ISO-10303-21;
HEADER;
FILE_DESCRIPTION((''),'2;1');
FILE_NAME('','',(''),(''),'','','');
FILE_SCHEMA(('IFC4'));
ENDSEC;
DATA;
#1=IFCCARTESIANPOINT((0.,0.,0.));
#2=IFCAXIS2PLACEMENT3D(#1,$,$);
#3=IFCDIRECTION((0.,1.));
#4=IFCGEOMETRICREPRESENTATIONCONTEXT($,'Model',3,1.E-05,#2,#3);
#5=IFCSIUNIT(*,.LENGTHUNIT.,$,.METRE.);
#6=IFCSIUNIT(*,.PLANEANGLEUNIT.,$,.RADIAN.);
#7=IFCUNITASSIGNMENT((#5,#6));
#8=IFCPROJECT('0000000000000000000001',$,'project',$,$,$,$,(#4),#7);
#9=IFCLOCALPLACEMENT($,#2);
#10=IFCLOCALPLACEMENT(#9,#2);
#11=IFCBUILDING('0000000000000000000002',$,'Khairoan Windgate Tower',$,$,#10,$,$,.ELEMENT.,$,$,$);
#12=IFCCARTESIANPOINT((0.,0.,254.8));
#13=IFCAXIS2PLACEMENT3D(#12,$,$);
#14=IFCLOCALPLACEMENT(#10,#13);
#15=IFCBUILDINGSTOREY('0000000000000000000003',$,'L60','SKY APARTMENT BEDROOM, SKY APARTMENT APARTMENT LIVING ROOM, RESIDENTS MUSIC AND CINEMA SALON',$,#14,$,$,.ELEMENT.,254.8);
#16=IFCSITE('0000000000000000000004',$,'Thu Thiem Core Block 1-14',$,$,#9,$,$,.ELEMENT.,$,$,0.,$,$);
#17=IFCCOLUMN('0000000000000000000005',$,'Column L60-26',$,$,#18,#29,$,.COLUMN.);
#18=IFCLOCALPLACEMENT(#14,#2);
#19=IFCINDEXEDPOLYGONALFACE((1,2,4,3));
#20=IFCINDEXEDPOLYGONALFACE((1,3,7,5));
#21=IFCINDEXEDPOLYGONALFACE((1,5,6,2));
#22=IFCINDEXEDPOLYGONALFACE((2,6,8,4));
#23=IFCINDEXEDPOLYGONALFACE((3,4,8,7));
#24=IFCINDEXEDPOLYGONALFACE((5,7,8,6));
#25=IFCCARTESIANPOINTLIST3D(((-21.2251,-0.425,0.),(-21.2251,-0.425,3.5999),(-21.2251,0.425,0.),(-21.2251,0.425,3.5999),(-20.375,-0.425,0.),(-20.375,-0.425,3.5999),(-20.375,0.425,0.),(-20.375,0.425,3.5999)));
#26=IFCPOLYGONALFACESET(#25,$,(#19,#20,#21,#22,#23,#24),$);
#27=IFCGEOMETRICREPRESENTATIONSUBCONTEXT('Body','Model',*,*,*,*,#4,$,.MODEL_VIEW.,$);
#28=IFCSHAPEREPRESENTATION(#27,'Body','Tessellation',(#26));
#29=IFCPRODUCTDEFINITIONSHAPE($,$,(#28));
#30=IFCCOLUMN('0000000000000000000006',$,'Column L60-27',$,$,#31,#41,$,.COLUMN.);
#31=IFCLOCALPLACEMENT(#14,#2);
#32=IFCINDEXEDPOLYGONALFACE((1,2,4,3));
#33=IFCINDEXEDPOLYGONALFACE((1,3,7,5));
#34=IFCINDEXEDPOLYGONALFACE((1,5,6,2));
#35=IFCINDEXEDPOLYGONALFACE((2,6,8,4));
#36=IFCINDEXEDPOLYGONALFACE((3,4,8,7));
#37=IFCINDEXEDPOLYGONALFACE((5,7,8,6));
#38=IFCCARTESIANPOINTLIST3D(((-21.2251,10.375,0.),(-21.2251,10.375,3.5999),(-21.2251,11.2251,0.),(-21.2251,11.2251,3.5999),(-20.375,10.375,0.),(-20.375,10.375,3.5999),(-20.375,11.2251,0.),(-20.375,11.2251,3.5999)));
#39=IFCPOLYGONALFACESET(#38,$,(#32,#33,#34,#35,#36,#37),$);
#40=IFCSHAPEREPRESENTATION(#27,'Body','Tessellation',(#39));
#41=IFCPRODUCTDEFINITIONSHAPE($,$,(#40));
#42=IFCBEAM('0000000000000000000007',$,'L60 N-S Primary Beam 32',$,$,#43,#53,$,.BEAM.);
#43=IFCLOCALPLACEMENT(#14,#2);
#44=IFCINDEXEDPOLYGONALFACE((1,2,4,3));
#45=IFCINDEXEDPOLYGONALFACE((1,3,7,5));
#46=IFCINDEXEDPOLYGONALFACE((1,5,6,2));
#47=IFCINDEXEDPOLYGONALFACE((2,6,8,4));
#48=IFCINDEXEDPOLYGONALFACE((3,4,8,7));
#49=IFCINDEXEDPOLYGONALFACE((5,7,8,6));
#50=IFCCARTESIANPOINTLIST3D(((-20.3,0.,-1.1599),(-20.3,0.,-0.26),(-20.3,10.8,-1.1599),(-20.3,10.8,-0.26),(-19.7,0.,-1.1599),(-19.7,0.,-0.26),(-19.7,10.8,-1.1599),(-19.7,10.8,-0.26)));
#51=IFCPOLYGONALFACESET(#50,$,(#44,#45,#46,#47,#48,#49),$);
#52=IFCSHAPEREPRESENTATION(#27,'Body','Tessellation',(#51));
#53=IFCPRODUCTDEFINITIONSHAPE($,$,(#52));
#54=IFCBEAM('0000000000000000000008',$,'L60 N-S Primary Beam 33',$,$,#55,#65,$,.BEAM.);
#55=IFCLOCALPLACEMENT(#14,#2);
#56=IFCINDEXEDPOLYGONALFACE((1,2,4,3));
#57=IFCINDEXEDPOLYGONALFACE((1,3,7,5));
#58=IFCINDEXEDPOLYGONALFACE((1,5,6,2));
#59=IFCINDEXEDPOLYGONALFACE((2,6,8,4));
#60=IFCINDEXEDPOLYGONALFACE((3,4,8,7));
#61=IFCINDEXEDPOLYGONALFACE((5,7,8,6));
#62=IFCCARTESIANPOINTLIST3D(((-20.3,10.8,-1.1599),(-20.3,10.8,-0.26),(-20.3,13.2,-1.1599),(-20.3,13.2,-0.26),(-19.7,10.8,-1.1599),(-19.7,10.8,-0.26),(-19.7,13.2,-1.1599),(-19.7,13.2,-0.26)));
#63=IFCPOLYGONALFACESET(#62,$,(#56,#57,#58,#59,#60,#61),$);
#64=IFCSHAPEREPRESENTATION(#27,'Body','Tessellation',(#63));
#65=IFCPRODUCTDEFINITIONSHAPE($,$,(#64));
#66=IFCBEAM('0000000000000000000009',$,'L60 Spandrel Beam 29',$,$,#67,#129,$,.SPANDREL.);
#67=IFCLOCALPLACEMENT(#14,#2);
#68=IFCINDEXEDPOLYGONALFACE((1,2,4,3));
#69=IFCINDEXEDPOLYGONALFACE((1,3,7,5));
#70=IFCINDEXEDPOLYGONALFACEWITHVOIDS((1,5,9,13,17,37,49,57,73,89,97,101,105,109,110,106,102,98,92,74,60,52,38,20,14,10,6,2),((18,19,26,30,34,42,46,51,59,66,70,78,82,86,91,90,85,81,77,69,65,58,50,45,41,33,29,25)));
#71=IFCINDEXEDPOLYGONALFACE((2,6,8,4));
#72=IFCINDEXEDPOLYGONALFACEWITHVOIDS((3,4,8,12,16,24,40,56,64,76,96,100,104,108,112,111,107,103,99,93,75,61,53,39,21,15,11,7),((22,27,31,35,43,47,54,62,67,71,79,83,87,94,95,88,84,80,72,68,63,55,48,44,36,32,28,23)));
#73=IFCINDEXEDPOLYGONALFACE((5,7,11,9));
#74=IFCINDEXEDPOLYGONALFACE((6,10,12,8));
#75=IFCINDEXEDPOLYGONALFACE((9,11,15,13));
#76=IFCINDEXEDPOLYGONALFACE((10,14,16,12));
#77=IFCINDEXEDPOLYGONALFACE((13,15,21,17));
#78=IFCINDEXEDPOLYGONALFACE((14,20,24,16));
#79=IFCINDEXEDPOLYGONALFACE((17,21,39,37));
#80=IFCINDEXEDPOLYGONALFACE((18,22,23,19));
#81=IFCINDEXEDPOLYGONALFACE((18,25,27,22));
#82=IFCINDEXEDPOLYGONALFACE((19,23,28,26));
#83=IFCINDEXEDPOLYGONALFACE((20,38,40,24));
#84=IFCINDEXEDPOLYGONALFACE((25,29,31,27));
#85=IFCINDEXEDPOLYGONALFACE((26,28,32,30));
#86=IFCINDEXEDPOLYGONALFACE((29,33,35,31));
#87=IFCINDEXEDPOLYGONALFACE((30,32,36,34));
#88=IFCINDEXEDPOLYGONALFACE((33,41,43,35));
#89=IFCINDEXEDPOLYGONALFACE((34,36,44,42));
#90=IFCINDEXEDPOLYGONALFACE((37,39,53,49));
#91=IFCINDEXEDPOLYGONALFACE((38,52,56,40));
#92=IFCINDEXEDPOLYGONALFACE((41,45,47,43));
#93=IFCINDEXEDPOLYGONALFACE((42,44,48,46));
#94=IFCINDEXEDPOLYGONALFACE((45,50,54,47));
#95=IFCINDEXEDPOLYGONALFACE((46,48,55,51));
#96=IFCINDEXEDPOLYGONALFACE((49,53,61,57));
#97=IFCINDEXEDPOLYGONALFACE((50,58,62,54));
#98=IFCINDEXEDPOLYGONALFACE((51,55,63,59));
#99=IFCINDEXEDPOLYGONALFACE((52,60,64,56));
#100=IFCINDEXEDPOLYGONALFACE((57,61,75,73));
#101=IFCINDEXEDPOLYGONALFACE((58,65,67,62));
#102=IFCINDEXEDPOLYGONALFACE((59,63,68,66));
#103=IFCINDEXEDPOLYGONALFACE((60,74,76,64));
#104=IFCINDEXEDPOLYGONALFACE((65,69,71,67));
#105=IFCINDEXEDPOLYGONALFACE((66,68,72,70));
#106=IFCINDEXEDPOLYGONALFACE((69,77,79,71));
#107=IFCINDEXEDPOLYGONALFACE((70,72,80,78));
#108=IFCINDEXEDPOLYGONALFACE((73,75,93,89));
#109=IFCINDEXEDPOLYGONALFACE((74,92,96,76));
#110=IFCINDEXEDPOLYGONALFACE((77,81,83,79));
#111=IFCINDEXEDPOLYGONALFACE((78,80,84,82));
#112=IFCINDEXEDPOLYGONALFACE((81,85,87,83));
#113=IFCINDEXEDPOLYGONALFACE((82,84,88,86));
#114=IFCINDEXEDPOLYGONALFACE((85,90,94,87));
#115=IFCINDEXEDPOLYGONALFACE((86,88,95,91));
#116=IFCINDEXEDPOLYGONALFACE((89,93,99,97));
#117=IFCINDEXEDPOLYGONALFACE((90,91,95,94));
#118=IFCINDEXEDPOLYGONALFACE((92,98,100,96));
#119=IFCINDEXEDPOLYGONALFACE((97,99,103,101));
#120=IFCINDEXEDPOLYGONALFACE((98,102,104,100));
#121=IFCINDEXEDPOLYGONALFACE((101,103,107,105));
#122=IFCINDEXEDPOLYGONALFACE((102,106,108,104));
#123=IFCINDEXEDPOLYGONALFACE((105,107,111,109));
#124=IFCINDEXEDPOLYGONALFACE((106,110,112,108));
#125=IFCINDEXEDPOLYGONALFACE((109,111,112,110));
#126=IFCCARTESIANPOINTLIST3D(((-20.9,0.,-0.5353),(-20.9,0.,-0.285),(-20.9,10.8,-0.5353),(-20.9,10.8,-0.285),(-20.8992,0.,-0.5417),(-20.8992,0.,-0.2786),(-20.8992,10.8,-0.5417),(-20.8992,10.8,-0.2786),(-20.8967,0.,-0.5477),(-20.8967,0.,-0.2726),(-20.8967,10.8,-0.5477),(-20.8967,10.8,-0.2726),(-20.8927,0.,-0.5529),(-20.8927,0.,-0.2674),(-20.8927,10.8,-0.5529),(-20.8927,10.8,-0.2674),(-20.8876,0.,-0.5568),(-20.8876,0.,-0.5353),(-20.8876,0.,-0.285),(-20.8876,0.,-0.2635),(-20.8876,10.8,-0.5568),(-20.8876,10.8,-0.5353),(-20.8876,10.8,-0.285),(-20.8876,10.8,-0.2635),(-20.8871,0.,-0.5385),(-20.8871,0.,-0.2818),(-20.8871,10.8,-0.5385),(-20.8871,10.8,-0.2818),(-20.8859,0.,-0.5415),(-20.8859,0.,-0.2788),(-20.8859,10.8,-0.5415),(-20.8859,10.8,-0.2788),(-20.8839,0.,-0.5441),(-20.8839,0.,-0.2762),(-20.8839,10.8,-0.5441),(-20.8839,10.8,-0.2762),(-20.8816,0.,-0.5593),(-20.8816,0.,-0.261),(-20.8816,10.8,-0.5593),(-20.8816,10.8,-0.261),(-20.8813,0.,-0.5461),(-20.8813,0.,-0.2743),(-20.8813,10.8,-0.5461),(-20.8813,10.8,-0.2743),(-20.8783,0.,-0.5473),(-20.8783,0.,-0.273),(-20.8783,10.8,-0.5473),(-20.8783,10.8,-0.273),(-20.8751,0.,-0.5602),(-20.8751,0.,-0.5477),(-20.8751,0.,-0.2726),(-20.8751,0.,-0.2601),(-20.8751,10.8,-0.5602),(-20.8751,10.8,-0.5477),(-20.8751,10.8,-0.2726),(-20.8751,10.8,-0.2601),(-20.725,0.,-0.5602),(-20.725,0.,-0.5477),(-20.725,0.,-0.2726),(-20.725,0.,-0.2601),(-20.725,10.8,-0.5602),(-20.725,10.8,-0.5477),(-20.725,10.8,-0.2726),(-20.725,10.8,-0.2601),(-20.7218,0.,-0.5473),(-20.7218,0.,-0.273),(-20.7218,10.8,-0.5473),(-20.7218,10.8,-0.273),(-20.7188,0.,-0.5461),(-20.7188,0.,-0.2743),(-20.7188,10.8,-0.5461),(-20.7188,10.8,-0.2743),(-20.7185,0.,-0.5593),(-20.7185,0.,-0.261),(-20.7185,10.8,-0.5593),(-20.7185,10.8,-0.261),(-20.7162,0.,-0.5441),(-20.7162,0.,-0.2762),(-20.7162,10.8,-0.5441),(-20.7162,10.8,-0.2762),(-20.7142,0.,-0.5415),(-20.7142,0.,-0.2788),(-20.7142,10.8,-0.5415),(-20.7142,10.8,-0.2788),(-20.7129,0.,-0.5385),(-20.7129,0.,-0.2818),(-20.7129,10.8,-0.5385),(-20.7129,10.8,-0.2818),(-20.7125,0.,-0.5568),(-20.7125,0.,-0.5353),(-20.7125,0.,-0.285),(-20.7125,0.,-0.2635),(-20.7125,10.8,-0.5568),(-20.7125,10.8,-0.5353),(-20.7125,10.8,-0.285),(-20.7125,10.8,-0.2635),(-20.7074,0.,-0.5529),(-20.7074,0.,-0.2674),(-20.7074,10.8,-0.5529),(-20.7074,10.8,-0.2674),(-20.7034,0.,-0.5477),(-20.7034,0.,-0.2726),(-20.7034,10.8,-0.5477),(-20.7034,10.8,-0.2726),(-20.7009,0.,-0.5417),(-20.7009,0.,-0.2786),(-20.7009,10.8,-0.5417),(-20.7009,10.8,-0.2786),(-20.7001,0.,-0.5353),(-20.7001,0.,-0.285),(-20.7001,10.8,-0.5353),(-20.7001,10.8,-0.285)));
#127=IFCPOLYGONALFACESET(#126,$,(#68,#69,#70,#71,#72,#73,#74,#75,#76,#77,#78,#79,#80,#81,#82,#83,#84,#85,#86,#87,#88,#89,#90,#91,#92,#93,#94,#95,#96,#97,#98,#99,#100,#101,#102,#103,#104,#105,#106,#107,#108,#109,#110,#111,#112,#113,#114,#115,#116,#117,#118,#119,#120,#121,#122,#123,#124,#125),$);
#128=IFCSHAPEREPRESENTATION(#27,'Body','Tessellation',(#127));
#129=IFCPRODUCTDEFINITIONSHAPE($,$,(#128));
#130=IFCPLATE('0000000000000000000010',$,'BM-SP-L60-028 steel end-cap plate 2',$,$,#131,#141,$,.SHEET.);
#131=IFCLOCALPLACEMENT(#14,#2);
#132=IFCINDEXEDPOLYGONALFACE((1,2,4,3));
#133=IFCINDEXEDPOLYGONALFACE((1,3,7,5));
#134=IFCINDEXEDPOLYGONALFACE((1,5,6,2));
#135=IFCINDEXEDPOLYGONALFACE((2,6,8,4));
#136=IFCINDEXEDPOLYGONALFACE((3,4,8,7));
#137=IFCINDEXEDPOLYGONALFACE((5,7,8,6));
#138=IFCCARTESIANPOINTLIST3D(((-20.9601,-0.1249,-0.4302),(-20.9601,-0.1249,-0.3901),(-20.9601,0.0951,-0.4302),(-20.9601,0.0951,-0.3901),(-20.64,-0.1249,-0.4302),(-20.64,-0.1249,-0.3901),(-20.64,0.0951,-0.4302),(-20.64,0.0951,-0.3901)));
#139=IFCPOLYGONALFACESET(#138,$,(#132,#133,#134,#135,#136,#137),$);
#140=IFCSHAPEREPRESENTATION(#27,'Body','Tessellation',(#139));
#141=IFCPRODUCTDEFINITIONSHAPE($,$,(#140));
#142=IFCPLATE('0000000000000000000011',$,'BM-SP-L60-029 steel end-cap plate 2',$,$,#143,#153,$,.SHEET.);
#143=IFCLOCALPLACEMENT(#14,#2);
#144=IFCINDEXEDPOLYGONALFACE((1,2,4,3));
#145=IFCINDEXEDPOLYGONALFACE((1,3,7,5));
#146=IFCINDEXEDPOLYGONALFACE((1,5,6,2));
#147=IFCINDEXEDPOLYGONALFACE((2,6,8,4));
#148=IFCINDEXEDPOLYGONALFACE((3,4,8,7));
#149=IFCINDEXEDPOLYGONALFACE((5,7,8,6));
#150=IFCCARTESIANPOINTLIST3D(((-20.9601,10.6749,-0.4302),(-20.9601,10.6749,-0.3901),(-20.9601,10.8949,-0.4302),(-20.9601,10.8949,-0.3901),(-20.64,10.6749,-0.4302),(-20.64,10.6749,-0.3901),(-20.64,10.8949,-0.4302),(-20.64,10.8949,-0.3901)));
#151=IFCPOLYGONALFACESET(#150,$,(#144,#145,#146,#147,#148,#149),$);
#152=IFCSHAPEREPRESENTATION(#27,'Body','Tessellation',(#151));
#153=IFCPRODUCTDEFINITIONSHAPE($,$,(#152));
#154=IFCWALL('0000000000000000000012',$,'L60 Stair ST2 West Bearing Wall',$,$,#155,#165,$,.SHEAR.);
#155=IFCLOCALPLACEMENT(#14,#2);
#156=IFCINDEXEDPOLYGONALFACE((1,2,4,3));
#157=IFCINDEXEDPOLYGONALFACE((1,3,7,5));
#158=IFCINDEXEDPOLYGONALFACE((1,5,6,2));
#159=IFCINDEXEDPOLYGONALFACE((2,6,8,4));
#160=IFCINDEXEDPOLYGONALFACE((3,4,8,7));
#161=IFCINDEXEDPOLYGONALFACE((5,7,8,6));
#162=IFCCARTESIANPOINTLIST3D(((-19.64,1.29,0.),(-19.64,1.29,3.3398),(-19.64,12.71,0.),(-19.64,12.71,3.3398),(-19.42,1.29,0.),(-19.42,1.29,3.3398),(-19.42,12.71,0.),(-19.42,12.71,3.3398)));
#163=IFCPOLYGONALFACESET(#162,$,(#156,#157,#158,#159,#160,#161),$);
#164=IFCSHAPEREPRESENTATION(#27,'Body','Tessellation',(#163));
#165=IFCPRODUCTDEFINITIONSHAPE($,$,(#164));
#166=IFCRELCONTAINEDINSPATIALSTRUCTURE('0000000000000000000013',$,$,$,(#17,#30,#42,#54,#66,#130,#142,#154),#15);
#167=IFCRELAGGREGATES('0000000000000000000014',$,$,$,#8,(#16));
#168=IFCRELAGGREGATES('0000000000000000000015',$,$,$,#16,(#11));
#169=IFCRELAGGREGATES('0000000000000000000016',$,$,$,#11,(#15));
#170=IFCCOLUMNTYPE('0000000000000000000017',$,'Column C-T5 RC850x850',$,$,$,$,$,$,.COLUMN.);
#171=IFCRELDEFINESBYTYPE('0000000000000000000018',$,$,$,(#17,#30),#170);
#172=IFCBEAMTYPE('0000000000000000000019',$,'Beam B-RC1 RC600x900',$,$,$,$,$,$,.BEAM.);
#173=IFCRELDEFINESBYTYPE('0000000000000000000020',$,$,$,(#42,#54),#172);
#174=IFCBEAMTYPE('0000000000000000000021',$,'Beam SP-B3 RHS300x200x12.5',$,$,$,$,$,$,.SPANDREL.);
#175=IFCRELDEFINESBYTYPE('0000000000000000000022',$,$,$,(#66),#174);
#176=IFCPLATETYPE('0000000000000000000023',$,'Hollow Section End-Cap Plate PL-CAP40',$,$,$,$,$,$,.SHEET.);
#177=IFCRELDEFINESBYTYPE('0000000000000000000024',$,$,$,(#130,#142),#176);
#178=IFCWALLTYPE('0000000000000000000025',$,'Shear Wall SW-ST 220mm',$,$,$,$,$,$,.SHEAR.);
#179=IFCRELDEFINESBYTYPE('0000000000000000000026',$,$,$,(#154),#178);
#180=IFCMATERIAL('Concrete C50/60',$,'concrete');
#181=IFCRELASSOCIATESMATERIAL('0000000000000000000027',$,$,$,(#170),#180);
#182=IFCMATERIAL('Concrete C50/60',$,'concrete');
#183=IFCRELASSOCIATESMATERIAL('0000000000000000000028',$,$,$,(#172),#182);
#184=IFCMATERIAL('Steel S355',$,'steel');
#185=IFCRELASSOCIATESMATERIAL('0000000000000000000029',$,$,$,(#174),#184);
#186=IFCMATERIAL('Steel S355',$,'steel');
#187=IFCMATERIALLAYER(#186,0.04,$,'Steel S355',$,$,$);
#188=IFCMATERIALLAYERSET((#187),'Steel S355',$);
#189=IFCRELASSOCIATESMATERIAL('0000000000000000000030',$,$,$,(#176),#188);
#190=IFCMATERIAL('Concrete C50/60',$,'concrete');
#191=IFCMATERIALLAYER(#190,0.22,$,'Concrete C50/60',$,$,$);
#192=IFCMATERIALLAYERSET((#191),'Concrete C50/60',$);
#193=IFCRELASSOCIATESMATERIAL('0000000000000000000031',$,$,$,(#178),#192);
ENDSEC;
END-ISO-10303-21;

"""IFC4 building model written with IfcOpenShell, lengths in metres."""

from ifc_helpers import new_model, si_unit, direction, frame, frame_2d, origin, origin_2d, place, context, subcontext, project, spatial, rectangle, hollow_rectangle, extrude, material, layer, layer_set, material_profile, profile_set, type_object, element, save


model = new_model("IFC4")

# Units and contexts
model_context = context("Model", 3, precision=1e-05, world=origin(), true_north=direction((0.0, 1.0)))
body_context = subcontext(model_context, "Body", "Model", "MODEL_VIEW")
ifc_project = project(units=[si_unit("LENGTHUNIT", "METRE"), si_unit("PLANEANGLEUNIT", "RADIAN")], contexts=[model_context])

# Site, building, storey
site_placement = place(None, origin())
site = spatial("IfcSite", under=ifc_project, at=site_placement, Name="Thu Thiem Core Block 1-14", CompositionType="ELEMENT", RefElevation=0.0)
building_placement = place(site_placement, origin())
building = spatial("IfcBuilding", under=site, at=building_placement, Name="Khairoan Windgate Tower", CompositionType="ELEMENT")
storey_placement = place(building_placement, frame((0.0, 0.0, 254.8)))
storey = spatial("IfcBuildingStorey", under=building, at=storey_placement, Name="L60", Description="SKY APARTMENT BEDROOM, SKY APARTMENT APARTMENT LIVING ROOM, RESIDENTS MUSIC AND CINEMA SALON", CompositionType="ELEMENT", Elevation=254.8)

# Columns
ifc_material_1 = material(Name="Concrete C50/60", Category="concrete")
ifc_material_profile_1 = material_profile(ifc_material_1, rectangle(XDim=0.8501, YDim=0.8501, at=origin_2d()))
ifc_profile_set_1 = profile_set([ifc_material_profile_1], Name="Concrete C50/60")
column_type = type_object("IfcColumnType", Name="Column C-T5 RC850x850", PredefinedType="COLUMN", material=ifc_profile_set_1)
for number, where, z_axis, x_axis, name in (
    (1, (-20.8, 0.0, 0.0), (0.0, 0.0, 1.0), (1.0, 0.0, 0.0), "Column L60-26"),
    (2, (-20.8, 10.8, 0.0), (0.0, 0.0, 1.0), (1.0, 0.0, 0.0), "Column L60-27"),
):
    element("IfcColumn", number, at=place(storey_placement, frame(where, z_axis=z_axis, x_axis=x_axis)), inside=storey, type_object=column_type, Name=name, PredefinedType="COLUMN", context=body_context, shape_type="SweptSolid", body=[
        extrude(rectangle(XDim=0.8501, YDim=0.8501, at=origin_2d()), origin(), (0.0, 0.0, 1.0), 3.5999),
    ])

# Beams
ifc_material_2 = material(Name="Concrete C50/60", Category="concrete")
ifc_material_profile_2 = material_profile(ifc_material_2, rectangle(XDim=0.6001, YDim=0.8999, at=origin_2d()))
ifc_profile_set_2 = profile_set([ifc_material_profile_2], Name="Concrete C50/60")
beam_type_1 = type_object("IfcBeamType", Name="Beam B-RC1 RC600x900", PredefinedType="BEAM", material=ifc_profile_set_2)
beam_1_placement = place(storey_placement, frame((-20.0, 0.0, -0.71), z_axis=(0.0, 1.0, 0.0), x_axis=(-1.0, 0.0, 0.0)))
element("IfcBeam", 3, at=beam_1_placement, inside=storey, type_object=beam_type_1, Name="L60 N-S Primary Beam 32", PredefinedType="BEAM", context=body_context, shape_type="SweptSolid", body=[
    extrude(rectangle(XDim=0.6001, YDim=0.8999, at=origin_2d()), origin(), (0.0, 0.0, 1.0), 10.8),
])
beam_2_placement = place(storey_placement, frame((-20.0, 10.8, -0.71), z_axis=(0.0, 1.0, 0.0), x_axis=(-1.0, 0.0, 0.0)))
element("IfcBeam", 4, at=beam_2_placement, inside=storey, type_object=beam_type_1, Name="L60 N-S Primary Beam 33", PredefinedType="BEAM", context=body_context, shape_type="SweptSolid", body=[
    extrude(rectangle(XDim=0.6001, YDim=0.8999, at=origin_2d()), origin(), (0.0, 0.0, 1.0), 2.3999),
])
ifc_material_3 = material(Name="Steel S355", Category="steel")
ifc_material_profile_3 = material_profile(ifc_material_3, hollow_rectangle(XDim=0.2, YDim=0.3, WallThickness=0.0125, InnerFilletRadius=0.0125, OuterFilletRadius=0.0249, at=origin_2d()))
ifc_profile_set_3 = profile_set([ifc_material_profile_3], Name="Steel S355")
beam_type_2 = type_object("IfcBeamType", Name="Beam SP-B3 RHS300x200x12.5", PredefinedType="SPANDREL", material=ifc_profile_set_3)
beam_3_placement = place(storey_placement, frame((-20.8, 0.0, -0.4102), z_axis=(0.0, 1.0, 0.0), x_axis=(-1.0, 0.0, 0.0)))
element("IfcBeam", 5, at=beam_3_placement, inside=storey, type_object=beam_type_2, Name="L60 Spandrel Beam 29", PredefinedType="SPANDREL", context=body_context, shape_type="SweptSolid", body=[
    extrude(hollow_rectangle(XDim=0.2, YDim=0.3, WallThickness=0.0125, InnerFilletRadius=0.0125, OuterFilletRadius=0.0249, at=origin_2d()), origin(), (0.0, 0.0, 1.0), 10.8),
])

# Plates
ifc_material_4 = material(Name="Steel S355", Category="steel")
ifc_layer_1 = layer(ifc_material_4, 0.04, Name="Steel S355")
ifc_layer_set_1 = layer_set([ifc_layer_1], Name="Steel S355")
plate_type = type_object("IfcPlateType", Name="Hollow Section End-Cap Plate PL-CAP40", PredefinedType="SHEET", material=ifc_layer_set_1)
for number, where, z_axis, x_axis, name in (
    (6, (-20.8, -0.0149, -0.4302), (0.0, 0.0, 1.0), (0.0, 1.0, 0.0), "BM-SP-L60-028 steel end-cap plate 2"),
    (7, (-20.8, 10.7849, -0.4302), (0.0, 0.0, 1.0), (0.0, 1.0, 0.0), "BM-SP-L60-029 steel end-cap plate 2"),
):
    element("IfcPlate", number, at=place(storey_placement, frame(where, z_axis=z_axis, x_axis=x_axis)), inside=storey, type_object=plate_type, Name=name, PredefinedType="SHEET", context=body_context, shape_type="SweptSolid", body=[
        extrude(rectangle(XDim=0.22, YDim=0.3201, at=origin_2d()), origin(), (0.0, 0.0, 1.0), 0.04),
    ])

# Wall
ifc_material_5 = material(Name="Concrete C50/60", Category="concrete")
ifc_layer_2 = layer(ifc_material_5, 0.22, Name="Concrete C50/60")
ifc_layer_set_2 = layer_set([ifc_layer_2], Name="Concrete C50/60")
wall_type = type_object("IfcWallType", Name="Shear Wall SW-ST 220mm", PredefinedType="SHEAR", material=ifc_layer_set_2)
wall_1_placement = place(storey_placement, frame((-19.53, 1.29, 0.0), z_axis=(0.0, 0.0, 1.0), x_axis=(0.0, 1.0, 0.0)))
element("IfcWall", 8, at=wall_1_placement, inside=storey, type_object=wall_type, Name="L60 Stair ST2 West Bearing Wall", PredefinedType="SHEAR", context=body_context, shape_type="SweptSolid", body=[
    extrude(rectangle(XDim=11.4199, YDim=0.22, at=frame_2d((5.71, 0.0))), origin(), (0.0, 0.0, 1.0), 3.3398),
])

save(model, "model.ifc")
